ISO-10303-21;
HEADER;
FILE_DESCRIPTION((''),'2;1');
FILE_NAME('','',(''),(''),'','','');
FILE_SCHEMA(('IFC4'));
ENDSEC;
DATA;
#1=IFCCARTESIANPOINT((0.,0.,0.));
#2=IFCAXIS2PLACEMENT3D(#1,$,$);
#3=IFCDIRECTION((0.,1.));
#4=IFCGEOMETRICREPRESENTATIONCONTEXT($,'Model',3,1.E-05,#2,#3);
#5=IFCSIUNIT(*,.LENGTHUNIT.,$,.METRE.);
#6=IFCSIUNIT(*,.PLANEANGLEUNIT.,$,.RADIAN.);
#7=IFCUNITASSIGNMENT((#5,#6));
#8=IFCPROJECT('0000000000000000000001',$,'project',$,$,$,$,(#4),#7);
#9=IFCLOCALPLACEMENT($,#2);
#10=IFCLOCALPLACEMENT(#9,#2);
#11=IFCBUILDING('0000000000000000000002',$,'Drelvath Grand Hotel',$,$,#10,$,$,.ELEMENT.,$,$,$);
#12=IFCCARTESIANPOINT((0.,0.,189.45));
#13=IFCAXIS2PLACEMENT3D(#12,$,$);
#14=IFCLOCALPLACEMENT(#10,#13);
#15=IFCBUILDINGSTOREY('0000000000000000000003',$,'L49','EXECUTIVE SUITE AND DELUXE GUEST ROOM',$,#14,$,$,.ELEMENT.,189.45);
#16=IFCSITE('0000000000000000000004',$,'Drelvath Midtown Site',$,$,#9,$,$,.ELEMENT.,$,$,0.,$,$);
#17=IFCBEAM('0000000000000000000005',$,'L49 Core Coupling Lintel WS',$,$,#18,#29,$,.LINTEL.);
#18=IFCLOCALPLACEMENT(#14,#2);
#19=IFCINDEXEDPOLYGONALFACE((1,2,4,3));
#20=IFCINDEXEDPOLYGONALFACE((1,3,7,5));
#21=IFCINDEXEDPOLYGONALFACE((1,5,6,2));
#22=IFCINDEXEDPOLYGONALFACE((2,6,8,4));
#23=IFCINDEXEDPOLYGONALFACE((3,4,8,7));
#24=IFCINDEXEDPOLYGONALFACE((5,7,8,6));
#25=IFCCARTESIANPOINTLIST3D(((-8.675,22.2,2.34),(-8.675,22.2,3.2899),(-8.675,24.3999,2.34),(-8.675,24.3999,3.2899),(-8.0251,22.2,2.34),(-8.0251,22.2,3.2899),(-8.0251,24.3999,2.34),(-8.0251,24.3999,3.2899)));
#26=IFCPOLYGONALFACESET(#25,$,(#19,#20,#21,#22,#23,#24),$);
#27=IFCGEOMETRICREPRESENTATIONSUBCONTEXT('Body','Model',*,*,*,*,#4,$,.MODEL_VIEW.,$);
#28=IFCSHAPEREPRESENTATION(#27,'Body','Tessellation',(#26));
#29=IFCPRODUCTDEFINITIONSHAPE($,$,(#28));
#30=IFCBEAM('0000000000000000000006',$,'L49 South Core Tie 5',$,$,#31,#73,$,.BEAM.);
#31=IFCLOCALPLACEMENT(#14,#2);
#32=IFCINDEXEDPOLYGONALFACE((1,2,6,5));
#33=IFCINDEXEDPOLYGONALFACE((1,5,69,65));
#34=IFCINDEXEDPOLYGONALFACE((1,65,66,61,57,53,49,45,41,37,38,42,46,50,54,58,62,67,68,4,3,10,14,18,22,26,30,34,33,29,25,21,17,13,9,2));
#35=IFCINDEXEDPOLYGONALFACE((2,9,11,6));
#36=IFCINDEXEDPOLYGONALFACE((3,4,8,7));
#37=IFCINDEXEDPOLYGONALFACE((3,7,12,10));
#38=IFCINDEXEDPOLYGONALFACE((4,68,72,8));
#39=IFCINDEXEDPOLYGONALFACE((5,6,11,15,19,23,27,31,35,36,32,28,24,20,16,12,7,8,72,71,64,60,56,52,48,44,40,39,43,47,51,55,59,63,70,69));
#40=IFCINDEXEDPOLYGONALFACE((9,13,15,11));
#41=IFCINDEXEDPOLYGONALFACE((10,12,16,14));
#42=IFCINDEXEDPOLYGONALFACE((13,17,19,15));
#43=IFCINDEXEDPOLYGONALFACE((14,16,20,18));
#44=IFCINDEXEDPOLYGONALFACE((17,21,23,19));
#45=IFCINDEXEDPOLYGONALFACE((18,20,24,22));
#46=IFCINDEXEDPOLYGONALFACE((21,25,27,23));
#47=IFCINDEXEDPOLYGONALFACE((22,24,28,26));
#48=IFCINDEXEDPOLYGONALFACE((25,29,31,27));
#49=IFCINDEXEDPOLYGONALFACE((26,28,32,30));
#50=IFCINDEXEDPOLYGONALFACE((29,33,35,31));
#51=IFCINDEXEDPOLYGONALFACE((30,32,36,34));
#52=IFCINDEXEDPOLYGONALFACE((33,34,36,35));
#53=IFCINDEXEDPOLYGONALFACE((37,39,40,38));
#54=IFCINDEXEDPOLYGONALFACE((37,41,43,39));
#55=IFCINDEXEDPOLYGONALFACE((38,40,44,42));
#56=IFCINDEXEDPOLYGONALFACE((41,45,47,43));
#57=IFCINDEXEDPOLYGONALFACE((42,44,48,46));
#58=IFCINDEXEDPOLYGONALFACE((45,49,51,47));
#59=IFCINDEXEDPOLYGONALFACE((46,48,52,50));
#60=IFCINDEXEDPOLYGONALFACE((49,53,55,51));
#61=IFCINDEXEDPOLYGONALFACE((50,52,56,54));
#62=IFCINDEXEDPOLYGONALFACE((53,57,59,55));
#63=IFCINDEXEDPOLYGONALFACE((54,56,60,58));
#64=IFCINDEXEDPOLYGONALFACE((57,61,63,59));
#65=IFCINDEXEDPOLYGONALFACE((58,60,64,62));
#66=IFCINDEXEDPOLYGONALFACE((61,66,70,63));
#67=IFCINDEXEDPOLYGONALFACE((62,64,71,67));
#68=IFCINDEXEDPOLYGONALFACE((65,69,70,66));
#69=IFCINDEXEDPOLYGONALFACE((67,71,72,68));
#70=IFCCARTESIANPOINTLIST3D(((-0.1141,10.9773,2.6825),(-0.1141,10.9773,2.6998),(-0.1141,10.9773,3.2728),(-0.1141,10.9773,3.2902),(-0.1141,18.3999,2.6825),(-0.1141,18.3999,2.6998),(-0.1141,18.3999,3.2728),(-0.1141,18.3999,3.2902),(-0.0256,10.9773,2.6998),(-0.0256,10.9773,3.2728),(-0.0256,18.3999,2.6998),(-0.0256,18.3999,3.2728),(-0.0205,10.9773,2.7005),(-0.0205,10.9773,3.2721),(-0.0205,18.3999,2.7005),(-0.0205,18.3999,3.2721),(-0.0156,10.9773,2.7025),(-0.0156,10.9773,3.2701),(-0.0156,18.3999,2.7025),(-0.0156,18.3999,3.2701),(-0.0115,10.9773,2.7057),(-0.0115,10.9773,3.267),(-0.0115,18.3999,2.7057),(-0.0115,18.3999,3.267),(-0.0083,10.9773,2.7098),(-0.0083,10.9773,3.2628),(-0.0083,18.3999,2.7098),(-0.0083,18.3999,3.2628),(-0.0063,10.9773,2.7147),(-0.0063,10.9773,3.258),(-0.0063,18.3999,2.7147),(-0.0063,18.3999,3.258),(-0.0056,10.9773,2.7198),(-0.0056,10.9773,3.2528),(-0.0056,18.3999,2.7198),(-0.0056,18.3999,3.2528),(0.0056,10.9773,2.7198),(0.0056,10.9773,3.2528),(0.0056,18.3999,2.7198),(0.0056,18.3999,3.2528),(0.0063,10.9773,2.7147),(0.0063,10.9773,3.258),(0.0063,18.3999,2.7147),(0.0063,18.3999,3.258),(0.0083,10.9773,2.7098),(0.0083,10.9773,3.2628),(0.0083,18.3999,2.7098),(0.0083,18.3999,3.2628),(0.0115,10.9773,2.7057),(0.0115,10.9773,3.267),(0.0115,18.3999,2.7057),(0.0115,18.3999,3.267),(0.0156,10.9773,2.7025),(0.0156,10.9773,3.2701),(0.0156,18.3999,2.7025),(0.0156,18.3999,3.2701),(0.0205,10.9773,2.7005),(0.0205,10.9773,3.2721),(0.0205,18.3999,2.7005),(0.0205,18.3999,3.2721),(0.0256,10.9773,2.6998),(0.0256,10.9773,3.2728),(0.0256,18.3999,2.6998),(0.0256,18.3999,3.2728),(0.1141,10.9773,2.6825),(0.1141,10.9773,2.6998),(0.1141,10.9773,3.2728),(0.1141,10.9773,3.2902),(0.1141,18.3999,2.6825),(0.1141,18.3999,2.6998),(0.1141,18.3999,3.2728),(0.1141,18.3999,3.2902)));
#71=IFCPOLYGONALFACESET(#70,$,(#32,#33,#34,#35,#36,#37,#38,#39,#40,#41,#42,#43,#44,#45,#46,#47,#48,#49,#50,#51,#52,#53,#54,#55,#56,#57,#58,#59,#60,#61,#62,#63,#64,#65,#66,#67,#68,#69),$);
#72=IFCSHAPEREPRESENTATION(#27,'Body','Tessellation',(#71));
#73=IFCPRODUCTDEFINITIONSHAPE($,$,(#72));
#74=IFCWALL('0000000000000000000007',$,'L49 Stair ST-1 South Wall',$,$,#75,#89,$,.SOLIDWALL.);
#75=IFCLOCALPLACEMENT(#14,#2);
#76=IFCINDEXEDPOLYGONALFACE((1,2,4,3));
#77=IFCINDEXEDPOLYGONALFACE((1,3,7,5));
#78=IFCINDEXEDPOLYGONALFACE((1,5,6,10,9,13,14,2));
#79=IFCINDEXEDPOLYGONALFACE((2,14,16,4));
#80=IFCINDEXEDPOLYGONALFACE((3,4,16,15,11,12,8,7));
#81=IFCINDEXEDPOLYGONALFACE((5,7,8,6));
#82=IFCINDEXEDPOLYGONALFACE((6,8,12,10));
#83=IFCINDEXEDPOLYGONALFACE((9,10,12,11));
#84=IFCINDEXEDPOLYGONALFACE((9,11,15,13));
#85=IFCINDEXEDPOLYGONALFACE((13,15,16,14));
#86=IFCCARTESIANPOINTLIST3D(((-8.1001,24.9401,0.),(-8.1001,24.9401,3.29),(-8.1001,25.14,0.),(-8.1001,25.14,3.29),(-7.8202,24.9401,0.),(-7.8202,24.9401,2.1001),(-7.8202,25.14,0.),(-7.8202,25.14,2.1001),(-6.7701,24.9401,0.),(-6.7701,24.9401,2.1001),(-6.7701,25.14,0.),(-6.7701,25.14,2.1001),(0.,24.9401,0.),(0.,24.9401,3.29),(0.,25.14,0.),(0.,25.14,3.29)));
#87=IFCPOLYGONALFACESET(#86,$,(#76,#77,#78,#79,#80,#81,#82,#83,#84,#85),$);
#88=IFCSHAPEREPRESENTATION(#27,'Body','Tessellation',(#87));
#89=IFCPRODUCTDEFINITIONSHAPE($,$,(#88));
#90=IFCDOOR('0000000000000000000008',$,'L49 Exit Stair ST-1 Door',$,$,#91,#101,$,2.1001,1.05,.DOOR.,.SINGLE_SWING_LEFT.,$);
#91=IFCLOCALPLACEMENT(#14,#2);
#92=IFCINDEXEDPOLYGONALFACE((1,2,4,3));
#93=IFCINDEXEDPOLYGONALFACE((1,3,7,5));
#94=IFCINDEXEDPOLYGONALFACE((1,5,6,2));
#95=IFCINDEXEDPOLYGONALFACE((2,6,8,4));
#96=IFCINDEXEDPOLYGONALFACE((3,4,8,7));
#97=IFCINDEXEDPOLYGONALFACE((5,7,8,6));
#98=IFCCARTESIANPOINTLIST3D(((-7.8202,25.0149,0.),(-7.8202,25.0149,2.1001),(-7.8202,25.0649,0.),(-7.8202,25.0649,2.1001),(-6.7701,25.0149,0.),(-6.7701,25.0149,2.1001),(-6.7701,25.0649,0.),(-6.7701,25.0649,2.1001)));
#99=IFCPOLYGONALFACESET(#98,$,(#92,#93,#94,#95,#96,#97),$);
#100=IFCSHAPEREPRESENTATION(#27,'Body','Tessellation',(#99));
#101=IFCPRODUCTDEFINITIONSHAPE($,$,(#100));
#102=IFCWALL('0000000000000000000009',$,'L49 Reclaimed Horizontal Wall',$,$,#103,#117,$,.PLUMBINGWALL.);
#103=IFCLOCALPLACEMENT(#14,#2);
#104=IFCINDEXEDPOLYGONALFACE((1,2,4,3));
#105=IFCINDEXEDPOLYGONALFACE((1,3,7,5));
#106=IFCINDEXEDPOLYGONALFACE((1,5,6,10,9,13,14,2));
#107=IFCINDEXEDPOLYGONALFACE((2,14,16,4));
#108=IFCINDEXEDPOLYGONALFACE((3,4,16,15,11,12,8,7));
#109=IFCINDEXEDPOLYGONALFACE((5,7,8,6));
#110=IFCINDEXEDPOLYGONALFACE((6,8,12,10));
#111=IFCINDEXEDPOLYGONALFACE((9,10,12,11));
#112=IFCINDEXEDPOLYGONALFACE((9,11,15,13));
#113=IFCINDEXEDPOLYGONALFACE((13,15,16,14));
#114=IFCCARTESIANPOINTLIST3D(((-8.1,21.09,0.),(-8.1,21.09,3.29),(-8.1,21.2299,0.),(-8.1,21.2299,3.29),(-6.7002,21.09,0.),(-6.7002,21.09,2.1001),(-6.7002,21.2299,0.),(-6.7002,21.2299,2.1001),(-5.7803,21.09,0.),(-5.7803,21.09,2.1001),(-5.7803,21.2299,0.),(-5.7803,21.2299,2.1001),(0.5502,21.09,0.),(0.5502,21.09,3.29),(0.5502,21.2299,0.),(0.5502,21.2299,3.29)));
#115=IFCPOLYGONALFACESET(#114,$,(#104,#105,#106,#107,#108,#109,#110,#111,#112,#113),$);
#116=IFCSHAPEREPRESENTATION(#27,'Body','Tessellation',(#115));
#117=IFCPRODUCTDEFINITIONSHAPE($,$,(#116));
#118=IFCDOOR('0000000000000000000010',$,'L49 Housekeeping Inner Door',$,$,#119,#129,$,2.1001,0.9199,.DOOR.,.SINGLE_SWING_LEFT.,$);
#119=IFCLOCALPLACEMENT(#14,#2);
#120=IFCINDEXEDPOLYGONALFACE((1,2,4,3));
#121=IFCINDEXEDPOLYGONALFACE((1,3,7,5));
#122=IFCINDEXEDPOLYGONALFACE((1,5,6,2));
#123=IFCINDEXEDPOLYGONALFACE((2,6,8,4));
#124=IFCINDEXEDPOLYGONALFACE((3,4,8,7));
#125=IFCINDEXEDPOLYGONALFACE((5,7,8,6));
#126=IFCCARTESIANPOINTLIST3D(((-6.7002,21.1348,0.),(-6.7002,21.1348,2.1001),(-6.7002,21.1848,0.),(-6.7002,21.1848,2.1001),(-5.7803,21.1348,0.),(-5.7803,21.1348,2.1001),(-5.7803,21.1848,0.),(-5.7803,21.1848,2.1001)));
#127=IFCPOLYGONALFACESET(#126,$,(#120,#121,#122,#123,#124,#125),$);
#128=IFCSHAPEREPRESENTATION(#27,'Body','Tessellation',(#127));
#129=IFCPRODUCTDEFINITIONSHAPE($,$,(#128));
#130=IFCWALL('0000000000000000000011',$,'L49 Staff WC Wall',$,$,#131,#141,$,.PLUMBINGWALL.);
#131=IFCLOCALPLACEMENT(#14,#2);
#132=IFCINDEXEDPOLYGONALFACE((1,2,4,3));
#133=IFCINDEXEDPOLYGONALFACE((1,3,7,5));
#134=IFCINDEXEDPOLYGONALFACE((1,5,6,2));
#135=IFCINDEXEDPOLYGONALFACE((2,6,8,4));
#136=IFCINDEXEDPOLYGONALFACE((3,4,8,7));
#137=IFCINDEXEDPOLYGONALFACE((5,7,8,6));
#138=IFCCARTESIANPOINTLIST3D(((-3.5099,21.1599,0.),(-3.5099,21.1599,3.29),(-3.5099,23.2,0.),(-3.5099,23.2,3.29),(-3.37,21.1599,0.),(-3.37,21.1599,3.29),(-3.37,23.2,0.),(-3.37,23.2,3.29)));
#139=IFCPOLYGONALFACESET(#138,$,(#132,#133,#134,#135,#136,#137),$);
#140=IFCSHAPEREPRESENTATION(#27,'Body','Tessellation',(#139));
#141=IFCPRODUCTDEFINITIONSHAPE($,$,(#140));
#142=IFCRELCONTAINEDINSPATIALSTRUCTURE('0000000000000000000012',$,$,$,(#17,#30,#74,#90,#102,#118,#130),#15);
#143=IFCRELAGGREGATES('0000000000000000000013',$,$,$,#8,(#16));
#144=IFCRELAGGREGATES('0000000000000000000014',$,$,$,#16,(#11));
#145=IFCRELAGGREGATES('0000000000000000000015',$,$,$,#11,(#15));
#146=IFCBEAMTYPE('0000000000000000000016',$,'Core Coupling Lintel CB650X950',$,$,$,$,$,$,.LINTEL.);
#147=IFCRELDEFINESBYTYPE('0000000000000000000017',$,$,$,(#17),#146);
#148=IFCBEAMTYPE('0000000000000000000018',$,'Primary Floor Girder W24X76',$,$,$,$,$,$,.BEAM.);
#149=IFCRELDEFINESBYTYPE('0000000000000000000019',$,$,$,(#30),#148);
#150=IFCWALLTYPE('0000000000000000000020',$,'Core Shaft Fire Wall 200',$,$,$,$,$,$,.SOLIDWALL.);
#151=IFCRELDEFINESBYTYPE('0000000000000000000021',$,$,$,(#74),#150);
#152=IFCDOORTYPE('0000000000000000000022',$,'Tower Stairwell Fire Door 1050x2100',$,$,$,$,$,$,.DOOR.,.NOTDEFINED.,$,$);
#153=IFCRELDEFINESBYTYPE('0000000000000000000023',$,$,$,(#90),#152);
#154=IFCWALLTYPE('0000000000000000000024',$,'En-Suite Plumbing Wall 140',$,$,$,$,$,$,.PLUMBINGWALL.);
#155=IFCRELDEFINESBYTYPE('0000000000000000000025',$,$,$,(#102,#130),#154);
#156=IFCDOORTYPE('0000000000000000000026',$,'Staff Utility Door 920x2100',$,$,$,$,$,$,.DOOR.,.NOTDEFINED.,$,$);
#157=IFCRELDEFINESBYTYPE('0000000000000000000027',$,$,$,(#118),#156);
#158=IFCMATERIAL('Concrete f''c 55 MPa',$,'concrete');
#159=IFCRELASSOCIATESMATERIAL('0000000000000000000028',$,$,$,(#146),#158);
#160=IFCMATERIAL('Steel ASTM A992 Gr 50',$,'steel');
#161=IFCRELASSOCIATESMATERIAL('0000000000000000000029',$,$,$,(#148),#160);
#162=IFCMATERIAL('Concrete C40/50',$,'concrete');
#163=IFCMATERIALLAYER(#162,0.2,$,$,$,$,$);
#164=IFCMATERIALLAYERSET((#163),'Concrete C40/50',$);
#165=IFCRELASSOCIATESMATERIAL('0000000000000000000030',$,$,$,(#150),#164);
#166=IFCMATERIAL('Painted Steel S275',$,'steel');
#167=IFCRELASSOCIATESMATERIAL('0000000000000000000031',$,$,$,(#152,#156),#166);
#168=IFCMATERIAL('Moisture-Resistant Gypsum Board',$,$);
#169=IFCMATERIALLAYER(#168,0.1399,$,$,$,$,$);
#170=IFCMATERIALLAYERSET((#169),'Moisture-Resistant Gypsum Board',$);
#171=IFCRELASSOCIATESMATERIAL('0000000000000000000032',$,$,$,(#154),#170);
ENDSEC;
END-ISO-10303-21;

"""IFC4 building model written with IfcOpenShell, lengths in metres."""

from ifc_helpers import new_model, si_unit, direction, frame, frame_2d, origin, origin_2d, place, context, subcontext, project, spatial, rectangle, i_section, extrude, material, layer, layer_set, material_profile, profile_set, type_object, element, fill, save


model = new_model("IFC4")

# Units and contexts
model_context = context("Model", 3, precision=1e-05, world=origin(), true_north=direction((0.0, 1.0)))
body_context = subcontext(model_context, "Body", "Model", "MODEL_VIEW")
ifc_project = project(units=[si_unit("LENGTHUNIT", "METRE"), si_unit("PLANEANGLEUNIT", "RADIAN")], contexts=[model_context])

# Site, building, storey
site_placement = place(None, origin())
site = spatial("IfcSite", under=ifc_project, at=site_placement, Name="Drelvath Midtown Site", CompositionType="ELEMENT", RefElevation=0.0)
building_placement = place(site_placement, origin())
building = spatial("IfcBuilding", under=site, at=building_placement, Name="Drelvath Grand Hotel", CompositionType="ELEMENT")
storey_placement = place(building_placement, frame((0.0, 0.0, 189.45)))
storey = spatial("IfcBuildingStorey", under=building, at=storey_placement, Name="L49", Description="EXECUTIVE SUITE AND DELUXE GUEST ROOM", CompositionType="ELEMENT", Elevation=189.45)

# Beams
ifc_material_1 = material(Name="Concrete f'c 55 MPa", Category="concrete")
ifc_material_profile_1 = material_profile(ifc_material_1, rectangle(XDim=0.6499, YDim=0.95, at=origin_2d()), Name="CB650X950")
ifc_profile_set_1 = profile_set([ifc_material_profile_1], Name="Concrete f'c 55 MPa")
beam_type_1 = type_object("IfcBeamType", Name="Core Coupling Lintel CB650X950", PredefinedType="LINTEL", material=ifc_profile_set_1)
beam_1_placement = place(storey_placement, frame((-8.3501, 22.2, 2.8149), z_axis=(0.0, 1.0, 0.0), x_axis=(-1.0, 0.0, 0.0)))
element("IfcBeam", 1, at=beam_1_placement, inside=storey, type_object=beam_type_1, Name="L49 Core Coupling Lintel WS", PredefinedType="LINTEL", context=body_context, shape_type="SweptSolid", body=[
    extrude(rectangle(XDim=0.6499, YDim=0.95, at=origin_2d()), origin(), (0.0, 0.0, 1.0), 2.2),
])
ifc_material_2 = material(Name="Steel ASTM A992 Gr 50", Category="steel")
ifc_material_profile_2 = material_profile(ifc_material_2, i_section(OverallWidth=0.2283, OverallDepth=0.6077, WebThickness=0.0112, FlangeThickness=0.0173, FilletRadius=0.02, at=origin_2d()), Name="W24X76")
ifc_profile_set_2 = profile_set([ifc_material_profile_2], Name="Steel ASTM A992 Gr 50")
beam_type_2 = type_object("IfcBeamType", Name="Primary Floor Girder W24X76", PredefinedType="BEAM", material=ifc_profile_set_2)
beam_2_placement = place(storey_placement, frame((0.0, 10.9773, 2.9863), z_axis=(0.0, 1.0, 0.0), x_axis=(-1.0, 0.0, 0.0)))
element("IfcBeam", 2, at=beam_2_placement, inside=storey, type_object=beam_type_2, Name="L49 South Core Tie 5", PredefinedType="BEAM", context=body_context, shape_type="SweptSolid", body=[
    extrude(i_section(OverallWidth=0.2283, OverallDepth=0.6077, WebThickness=0.0112, FlangeThickness=0.0173, FilletRadius=0.02, at=origin_2d()), origin(), (0.0, 0.0, 1.0), 7.4226),
])

# Walls, openings, doors
ifc_material_3 = material(Name="Concrete C40/50", Category="concrete")
ifc_layer_1 = layer(ifc_material_3, 0.2)
ifc_layer_set_1 = layer_set([ifc_layer_1], Name="Concrete C40/50")
wall_type_1 = type_object("IfcWallType", Name="Core Shaft Fire Wall 200", PredefinedType="SOLIDWALL", material=ifc_layer_set_1)
wall_1_placement = place(storey_placement, frame((-8.1001, 25.04, 0.0), z_axis=(0.0, 0.0, 1.0), x_axis=(1.0, 0.0, 0.0)))
wall_1 = element("IfcWall", 3, at=wall_1_placement, inside=storey, type_object=wall_type_1, Name="L49 Stair ST-1 South Wall", PredefinedType="SOLIDWALL", context=body_context, shape_type="SweptSolid", body=[
    extrude(rectangle(XDim=8.1001, YDim=0.2, at=frame_2d((4.05, 0.0))), origin(), (0.0, 0.0, 1.0), 3.29),
])
opening_1_placement = place(wall_1_placement, frame((0.28, 0.0, 0.0)))
opening_1 = element("IfcOpeningElement", 4, at=opening_1_placement, cuts=wall_1, PredefinedType="OPENING", context=body_context, shape_type="SweptSolid", body=[
    extrude(rectangle(XDim=1.05, YDim=2.1001, at=frame_2d((0.5249, 1.05))), frame((0.0, 0.1099, 0.0), z_axis=(0.0, -1.0, 0.0), x_axis=(1.0, 0.0, 0.0)), (0.0, 0.0, 1.0), 0.22),
])
ifc_material_4 = material(Name="Painted Steel S275", Category="steel")
door_type_1 = type_object("IfcDoorType", Name="Tower Stairwell Fire Door 1050x2100", OperationType="NOTDEFINED", PredefinedType="DOOR", material=ifc_material_4)
door_1_placement = place(opening_1_placement, origin())
door_1 = element("IfcDoor", 5, at=door_1_placement, inside=storey, type_object=door_type_1, Name="L49 Exit Stair ST-1 Door", OperationType="SINGLE_SWING_LEFT", OverallHeight=2.1001, OverallWidth=1.05, PredefinedType="DOOR", context=body_context, shape_type="SweptSolid", body=[
    extrude(rectangle(XDim=1.05, YDim=2.1001, at=frame_2d((0.5249, 1.05))), frame((0.0, 0.0249, 0.0), z_axis=(0.0, -1.0, 0.0), x_axis=(1.0, 0.0, 0.0)), (0.0, 0.0, 1.0), 0.05),
])
fill(opening_1, door_1)
ifc_material_5 = material(Name="Moisture-Resistant Gypsum Board")
ifc_layer_2 = layer(ifc_material_5, 0.1399)
ifc_layer_set_2 = layer_set([ifc_layer_2], Name="Moisture-Resistant Gypsum Board")
wall_type_2 = type_object("IfcWallType", Name="En-Suite Plumbing Wall 140", PredefinedType="PLUMBINGWALL", material=ifc_layer_set_2)
wall_2_placement = place(storey_placement, frame((-8.1001, 21.1599, 0.0), z_axis=(0.0, 0.0, 1.0), x_axis=(1.0, 0.0, 0.0)))
wall_2 = element("IfcWall", 6, at=wall_2_placement, inside=storey, type_object=wall_type_2, Name="L49 Reclaimed Horizontal Wall", PredefinedType="PLUMBINGWALL", context=body_context, shape_type="SweptSolid", body=[
    extrude(rectangle(XDim=8.6501, YDim=0.1399, at=frame_2d((4.3252, 0.0))), origin(), (0.0, 0.0, 1.0), 3.29),
])
opening_2_placement = place(wall_2_placement, frame((1.3999, 0.0, 0.0)))
opening_2 = element("IfcOpeningElement", 7, at=opening_2_placement, cuts=wall_2, PredefinedType="OPENING", context=body_context, shape_type="SweptSolid", body=[
    extrude(rectangle(XDim=0.9199, YDim=2.1001, at=frame_2d((0.46, 1.05))), frame((0.0, 0.0798, 0.0), z_axis=(0.0, -1.0, 0.0), x_axis=(1.0, 0.0, 0.0)), (0.0, 0.0, 1.0), 0.1599),
])
door_type_2 = type_object("IfcDoorType", Name="Staff Utility Door 920x2100", OperationType="NOTDEFINED", PredefinedType="DOOR", material=ifc_material_4)
door_2_placement = place(opening_2_placement, origin())
door_2 = element("IfcDoor", 8, at=door_2_placement, inside=storey, type_object=door_type_2, Name="L49 Housekeeping Inner Door", OperationType="SINGLE_SWING_LEFT", OverallHeight=2.1001, OverallWidth=0.9199, PredefinedType="DOOR", context=body_context, shape_type="SweptSolid", body=[
    extrude(rectangle(XDim=0.9199, YDim=2.1001, at=frame_2d((0.46, 1.05))), frame((0.0, 0.0249, 0.0), z_axis=(0.0, -1.0, 0.0), x_axis=(1.0, 0.0, 0.0)), (0.0, 0.0, 1.0), 0.05),
])
fill(opening_2, door_2)

# Wall
wall_3_placement = place(storey_placement, frame((-3.4399, 21.1599, 0.0), z_axis=(0.0, 0.0, 1.0), x_axis=(0.0, 1.0, 0.0)))
element("IfcWall", 9, at=wall_3_placement, inside=storey, type_object=wall_type_2, Name="L49 Staff WC Wall", PredefinedType="PLUMBINGWALL", context=body_context, shape_type="SweptSolid", body=[
    extrude(rectangle(XDim=2.04, YDim=0.1399, at=frame_2d((1.02, 0.0))), origin(), (0.0, 0.0, 1.0), 3.29),
])

save(model, "model.ifc")
